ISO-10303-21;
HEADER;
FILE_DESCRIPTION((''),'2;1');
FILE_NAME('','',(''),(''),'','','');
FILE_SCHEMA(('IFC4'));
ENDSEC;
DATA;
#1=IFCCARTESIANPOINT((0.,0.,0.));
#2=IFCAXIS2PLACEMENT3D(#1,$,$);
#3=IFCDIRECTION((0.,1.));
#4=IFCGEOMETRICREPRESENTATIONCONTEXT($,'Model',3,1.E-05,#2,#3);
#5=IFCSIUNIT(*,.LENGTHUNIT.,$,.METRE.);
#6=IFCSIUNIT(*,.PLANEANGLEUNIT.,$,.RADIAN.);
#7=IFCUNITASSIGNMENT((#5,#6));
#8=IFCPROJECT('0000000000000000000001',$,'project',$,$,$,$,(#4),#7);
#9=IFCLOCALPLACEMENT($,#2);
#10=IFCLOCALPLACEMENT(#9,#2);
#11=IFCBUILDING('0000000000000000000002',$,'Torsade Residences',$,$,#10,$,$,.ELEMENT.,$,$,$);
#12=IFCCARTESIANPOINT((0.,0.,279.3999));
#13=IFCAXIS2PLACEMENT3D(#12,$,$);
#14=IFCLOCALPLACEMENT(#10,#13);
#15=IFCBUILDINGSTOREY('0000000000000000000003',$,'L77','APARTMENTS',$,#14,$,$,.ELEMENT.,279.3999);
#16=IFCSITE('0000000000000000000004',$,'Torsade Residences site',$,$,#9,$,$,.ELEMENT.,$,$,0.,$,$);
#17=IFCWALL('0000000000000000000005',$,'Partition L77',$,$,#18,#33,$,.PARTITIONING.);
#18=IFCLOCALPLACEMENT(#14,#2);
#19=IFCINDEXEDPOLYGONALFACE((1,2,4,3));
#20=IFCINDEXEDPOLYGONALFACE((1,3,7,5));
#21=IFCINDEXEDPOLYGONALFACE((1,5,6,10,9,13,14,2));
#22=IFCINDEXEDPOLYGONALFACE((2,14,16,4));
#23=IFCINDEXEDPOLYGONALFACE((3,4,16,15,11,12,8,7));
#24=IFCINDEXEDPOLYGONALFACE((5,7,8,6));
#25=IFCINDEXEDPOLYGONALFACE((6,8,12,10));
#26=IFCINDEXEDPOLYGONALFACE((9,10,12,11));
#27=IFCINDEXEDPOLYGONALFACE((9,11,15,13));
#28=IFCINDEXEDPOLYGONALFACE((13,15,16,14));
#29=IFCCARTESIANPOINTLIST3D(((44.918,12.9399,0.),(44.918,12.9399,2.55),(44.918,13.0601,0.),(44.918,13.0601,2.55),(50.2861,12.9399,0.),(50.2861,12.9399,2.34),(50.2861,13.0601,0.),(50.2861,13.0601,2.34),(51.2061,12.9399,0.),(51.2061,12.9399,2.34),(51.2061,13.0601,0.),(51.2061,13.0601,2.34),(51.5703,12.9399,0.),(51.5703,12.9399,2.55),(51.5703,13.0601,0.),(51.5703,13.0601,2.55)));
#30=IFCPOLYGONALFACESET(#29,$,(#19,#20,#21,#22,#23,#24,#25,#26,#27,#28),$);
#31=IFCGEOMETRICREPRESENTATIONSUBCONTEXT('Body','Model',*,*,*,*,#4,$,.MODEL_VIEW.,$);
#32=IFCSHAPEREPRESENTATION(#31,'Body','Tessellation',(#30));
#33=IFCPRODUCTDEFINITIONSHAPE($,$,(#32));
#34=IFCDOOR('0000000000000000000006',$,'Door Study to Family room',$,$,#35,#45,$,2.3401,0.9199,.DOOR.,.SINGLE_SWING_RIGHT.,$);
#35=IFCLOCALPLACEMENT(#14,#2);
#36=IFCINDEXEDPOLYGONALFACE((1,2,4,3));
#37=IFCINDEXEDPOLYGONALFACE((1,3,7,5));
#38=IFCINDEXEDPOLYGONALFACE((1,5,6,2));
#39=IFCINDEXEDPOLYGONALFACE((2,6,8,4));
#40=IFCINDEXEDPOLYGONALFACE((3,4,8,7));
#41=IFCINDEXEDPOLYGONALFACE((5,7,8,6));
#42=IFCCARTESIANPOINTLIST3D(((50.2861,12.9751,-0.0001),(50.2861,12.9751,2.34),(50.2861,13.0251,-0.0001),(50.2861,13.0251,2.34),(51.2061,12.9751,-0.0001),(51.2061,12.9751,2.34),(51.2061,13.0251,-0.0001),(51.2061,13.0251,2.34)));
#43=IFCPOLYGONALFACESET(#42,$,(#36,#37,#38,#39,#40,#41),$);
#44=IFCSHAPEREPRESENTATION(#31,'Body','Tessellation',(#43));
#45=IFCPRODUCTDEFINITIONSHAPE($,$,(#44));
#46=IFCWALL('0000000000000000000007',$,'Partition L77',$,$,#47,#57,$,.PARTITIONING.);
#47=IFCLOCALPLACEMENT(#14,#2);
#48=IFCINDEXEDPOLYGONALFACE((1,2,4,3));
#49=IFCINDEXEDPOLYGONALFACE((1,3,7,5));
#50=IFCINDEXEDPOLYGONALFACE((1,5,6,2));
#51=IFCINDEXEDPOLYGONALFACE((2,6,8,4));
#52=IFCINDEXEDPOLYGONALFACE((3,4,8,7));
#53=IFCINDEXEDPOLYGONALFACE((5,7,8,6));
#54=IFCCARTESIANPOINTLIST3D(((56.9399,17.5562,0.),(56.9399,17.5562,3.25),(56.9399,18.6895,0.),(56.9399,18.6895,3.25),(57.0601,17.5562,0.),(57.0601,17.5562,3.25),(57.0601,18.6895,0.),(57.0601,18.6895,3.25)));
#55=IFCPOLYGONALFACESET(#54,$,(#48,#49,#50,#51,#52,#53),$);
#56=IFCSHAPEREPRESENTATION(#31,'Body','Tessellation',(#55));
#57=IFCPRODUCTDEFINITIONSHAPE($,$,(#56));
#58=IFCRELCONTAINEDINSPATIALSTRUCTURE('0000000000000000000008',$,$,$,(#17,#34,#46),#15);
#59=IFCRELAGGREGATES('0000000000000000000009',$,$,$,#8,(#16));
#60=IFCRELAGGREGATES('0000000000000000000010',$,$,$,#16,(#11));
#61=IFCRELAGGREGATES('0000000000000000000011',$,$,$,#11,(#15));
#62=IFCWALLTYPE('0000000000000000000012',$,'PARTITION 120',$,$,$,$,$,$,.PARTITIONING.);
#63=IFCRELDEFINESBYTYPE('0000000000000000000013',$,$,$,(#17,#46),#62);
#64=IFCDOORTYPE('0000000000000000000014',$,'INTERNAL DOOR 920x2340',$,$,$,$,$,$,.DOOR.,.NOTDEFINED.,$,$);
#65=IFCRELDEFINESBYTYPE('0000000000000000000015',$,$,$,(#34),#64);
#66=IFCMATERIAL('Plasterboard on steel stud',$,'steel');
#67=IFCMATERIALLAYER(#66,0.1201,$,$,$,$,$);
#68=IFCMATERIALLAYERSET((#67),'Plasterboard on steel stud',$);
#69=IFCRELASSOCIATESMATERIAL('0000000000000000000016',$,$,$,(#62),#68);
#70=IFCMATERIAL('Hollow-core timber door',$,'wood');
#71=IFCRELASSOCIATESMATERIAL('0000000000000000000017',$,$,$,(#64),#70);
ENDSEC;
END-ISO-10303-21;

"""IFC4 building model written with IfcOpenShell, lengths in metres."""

from ifc_helpers import new_model, si_unit, direction, frame, frame_2d, origin, place, context, subcontext, project, spatial, rectangle, extrude, material, layer, layer_set, type_object, element, fill, save


model = new_model("IFC4")

# Units and contexts
model_context = context("Model", 3, precision=1e-05, world=origin(), true_north=direction((0.0, 1.0)))
body_context = subcontext(model_context, "Body", "Model", "MODEL_VIEW")
ifc_project = project(units=[si_unit("LENGTHUNIT", "METRE"), si_unit("PLANEANGLEUNIT", "RADIAN")], contexts=[model_context])

# Site, building, storey
site_placement = place(None, origin())
site = spatial("IfcSite", under=ifc_project, at=site_placement, Name="Torsade Residences site", CompositionType="ELEMENT", RefElevation=0.0)
building_placement = place(site_placement, origin())
building = spatial("IfcBuilding", under=site, at=building_placement, Name="Torsade Residences", CompositionType="ELEMENT")
storey_placement = place(building_placement, frame((0.0, 0.0, 279.3999)))
storey = spatial("IfcBuildingStorey", under=building, at=storey_placement, Name="L77", Description="APARTMENTS", CompositionType="ELEMENT", Elevation=279.3999)

# Wall, opening, door
ifc_material_1 = material(Name="Plasterboard on steel stud", Category="steel")
ifc_layer_1 = layer(ifc_material_1, 0.1201)
ifc_layer_set_1 = layer_set([ifc_layer_1], Name="Plasterboard on steel stud")
wall_type = type_object("IfcWallType", Name="PARTITION 120", PredefinedType="PARTITIONING", material=ifc_layer_set_1)
wall_1_placement = place(storey_placement, frame((51.5703, 13.0, 0.0), z_axis=(0.0, 0.0, 1.0), x_axis=(-1.0, 0.0, 0.0)))
wall_1 = element("IfcWall", 1, at=wall_1_placement, inside=storey, type_object=wall_type, Name="Partition L77", PredefinedType="PARTITIONING", context=body_context, shape_type="SweptSolid", body=[
    extrude(rectangle(XDim=6.6523, YDim=0.1201, at=frame_2d((3.3262, 0.0))), origin(), (0.0, 0.0, 1.0), 2.55),
])
opening_placement = place(wall_1_placement, frame((0.3643, 0.0, 0.0)))
opening = element("IfcOpeningElement", 2, at=opening_placement, cuts=wall_1, PredefinedType="OPENING", context=body_context, shape_type="SweptSolid", body=[
    extrude(rectangle(XDim=0.9199, YDim=2.3401, at=frame_2d((0.46, 1.1699))), frame((0.0, 0.0701, 0.0), z_axis=(0.0, -1.0, 0.0), x_axis=(1.0, 0.0, 0.0)), (0.0, 0.0, 1.0), 0.1401),
])
ifc_material_2 = material(Name="Hollow-core timber door", Category="wood")
door_type = type_object("IfcDoorType", Name="INTERNAL DOOR 920x2340", OperationType="NOTDEFINED", PredefinedType="DOOR", material=ifc_material_2)
door_placement = place(opening_placement, origin())
door = element("IfcDoor", 3, at=door_placement, inside=storey, type_object=door_type, Name="Door Study to Family room", OperationType="SINGLE_SWING_RIGHT", OverallHeight=2.3401, OverallWidth=0.9199, PredefinedType="DOOR", context=body_context, shape_type="SweptSolid", body=[
    extrude(rectangle(XDim=0.9199, YDim=2.3401, at=frame_2d((0.46, 1.1699))), frame((0.0, 0.0249, 0.0), z_axis=(0.0, -1.0, 0.0), x_axis=(1.0, 0.0, 0.0)), (0.0, 0.0, 1.0), 0.05),
])
fill(opening, door)

# Wall
wall_2_placement = place(storey_placement, frame((57.0, 18.6895, 0.0), z_axis=(0.0, 0.0, 1.0), x_axis=(0.0, -1.0, 0.0)))
element("IfcWall", 4, at=wall_2_placement, inside=storey, type_object=wall_type, Name="Partition L77", PredefinedType="PARTITIONING", context=body_context, shape_type="SweptSolid", body=[
    extrude(rectangle(XDim=1.1333, YDim=0.1201, at=frame_2d((0.5667, 0.0))), origin(), (0.0, 0.0, 1.0), 3.25),
])

save(model, "model.ifc")
